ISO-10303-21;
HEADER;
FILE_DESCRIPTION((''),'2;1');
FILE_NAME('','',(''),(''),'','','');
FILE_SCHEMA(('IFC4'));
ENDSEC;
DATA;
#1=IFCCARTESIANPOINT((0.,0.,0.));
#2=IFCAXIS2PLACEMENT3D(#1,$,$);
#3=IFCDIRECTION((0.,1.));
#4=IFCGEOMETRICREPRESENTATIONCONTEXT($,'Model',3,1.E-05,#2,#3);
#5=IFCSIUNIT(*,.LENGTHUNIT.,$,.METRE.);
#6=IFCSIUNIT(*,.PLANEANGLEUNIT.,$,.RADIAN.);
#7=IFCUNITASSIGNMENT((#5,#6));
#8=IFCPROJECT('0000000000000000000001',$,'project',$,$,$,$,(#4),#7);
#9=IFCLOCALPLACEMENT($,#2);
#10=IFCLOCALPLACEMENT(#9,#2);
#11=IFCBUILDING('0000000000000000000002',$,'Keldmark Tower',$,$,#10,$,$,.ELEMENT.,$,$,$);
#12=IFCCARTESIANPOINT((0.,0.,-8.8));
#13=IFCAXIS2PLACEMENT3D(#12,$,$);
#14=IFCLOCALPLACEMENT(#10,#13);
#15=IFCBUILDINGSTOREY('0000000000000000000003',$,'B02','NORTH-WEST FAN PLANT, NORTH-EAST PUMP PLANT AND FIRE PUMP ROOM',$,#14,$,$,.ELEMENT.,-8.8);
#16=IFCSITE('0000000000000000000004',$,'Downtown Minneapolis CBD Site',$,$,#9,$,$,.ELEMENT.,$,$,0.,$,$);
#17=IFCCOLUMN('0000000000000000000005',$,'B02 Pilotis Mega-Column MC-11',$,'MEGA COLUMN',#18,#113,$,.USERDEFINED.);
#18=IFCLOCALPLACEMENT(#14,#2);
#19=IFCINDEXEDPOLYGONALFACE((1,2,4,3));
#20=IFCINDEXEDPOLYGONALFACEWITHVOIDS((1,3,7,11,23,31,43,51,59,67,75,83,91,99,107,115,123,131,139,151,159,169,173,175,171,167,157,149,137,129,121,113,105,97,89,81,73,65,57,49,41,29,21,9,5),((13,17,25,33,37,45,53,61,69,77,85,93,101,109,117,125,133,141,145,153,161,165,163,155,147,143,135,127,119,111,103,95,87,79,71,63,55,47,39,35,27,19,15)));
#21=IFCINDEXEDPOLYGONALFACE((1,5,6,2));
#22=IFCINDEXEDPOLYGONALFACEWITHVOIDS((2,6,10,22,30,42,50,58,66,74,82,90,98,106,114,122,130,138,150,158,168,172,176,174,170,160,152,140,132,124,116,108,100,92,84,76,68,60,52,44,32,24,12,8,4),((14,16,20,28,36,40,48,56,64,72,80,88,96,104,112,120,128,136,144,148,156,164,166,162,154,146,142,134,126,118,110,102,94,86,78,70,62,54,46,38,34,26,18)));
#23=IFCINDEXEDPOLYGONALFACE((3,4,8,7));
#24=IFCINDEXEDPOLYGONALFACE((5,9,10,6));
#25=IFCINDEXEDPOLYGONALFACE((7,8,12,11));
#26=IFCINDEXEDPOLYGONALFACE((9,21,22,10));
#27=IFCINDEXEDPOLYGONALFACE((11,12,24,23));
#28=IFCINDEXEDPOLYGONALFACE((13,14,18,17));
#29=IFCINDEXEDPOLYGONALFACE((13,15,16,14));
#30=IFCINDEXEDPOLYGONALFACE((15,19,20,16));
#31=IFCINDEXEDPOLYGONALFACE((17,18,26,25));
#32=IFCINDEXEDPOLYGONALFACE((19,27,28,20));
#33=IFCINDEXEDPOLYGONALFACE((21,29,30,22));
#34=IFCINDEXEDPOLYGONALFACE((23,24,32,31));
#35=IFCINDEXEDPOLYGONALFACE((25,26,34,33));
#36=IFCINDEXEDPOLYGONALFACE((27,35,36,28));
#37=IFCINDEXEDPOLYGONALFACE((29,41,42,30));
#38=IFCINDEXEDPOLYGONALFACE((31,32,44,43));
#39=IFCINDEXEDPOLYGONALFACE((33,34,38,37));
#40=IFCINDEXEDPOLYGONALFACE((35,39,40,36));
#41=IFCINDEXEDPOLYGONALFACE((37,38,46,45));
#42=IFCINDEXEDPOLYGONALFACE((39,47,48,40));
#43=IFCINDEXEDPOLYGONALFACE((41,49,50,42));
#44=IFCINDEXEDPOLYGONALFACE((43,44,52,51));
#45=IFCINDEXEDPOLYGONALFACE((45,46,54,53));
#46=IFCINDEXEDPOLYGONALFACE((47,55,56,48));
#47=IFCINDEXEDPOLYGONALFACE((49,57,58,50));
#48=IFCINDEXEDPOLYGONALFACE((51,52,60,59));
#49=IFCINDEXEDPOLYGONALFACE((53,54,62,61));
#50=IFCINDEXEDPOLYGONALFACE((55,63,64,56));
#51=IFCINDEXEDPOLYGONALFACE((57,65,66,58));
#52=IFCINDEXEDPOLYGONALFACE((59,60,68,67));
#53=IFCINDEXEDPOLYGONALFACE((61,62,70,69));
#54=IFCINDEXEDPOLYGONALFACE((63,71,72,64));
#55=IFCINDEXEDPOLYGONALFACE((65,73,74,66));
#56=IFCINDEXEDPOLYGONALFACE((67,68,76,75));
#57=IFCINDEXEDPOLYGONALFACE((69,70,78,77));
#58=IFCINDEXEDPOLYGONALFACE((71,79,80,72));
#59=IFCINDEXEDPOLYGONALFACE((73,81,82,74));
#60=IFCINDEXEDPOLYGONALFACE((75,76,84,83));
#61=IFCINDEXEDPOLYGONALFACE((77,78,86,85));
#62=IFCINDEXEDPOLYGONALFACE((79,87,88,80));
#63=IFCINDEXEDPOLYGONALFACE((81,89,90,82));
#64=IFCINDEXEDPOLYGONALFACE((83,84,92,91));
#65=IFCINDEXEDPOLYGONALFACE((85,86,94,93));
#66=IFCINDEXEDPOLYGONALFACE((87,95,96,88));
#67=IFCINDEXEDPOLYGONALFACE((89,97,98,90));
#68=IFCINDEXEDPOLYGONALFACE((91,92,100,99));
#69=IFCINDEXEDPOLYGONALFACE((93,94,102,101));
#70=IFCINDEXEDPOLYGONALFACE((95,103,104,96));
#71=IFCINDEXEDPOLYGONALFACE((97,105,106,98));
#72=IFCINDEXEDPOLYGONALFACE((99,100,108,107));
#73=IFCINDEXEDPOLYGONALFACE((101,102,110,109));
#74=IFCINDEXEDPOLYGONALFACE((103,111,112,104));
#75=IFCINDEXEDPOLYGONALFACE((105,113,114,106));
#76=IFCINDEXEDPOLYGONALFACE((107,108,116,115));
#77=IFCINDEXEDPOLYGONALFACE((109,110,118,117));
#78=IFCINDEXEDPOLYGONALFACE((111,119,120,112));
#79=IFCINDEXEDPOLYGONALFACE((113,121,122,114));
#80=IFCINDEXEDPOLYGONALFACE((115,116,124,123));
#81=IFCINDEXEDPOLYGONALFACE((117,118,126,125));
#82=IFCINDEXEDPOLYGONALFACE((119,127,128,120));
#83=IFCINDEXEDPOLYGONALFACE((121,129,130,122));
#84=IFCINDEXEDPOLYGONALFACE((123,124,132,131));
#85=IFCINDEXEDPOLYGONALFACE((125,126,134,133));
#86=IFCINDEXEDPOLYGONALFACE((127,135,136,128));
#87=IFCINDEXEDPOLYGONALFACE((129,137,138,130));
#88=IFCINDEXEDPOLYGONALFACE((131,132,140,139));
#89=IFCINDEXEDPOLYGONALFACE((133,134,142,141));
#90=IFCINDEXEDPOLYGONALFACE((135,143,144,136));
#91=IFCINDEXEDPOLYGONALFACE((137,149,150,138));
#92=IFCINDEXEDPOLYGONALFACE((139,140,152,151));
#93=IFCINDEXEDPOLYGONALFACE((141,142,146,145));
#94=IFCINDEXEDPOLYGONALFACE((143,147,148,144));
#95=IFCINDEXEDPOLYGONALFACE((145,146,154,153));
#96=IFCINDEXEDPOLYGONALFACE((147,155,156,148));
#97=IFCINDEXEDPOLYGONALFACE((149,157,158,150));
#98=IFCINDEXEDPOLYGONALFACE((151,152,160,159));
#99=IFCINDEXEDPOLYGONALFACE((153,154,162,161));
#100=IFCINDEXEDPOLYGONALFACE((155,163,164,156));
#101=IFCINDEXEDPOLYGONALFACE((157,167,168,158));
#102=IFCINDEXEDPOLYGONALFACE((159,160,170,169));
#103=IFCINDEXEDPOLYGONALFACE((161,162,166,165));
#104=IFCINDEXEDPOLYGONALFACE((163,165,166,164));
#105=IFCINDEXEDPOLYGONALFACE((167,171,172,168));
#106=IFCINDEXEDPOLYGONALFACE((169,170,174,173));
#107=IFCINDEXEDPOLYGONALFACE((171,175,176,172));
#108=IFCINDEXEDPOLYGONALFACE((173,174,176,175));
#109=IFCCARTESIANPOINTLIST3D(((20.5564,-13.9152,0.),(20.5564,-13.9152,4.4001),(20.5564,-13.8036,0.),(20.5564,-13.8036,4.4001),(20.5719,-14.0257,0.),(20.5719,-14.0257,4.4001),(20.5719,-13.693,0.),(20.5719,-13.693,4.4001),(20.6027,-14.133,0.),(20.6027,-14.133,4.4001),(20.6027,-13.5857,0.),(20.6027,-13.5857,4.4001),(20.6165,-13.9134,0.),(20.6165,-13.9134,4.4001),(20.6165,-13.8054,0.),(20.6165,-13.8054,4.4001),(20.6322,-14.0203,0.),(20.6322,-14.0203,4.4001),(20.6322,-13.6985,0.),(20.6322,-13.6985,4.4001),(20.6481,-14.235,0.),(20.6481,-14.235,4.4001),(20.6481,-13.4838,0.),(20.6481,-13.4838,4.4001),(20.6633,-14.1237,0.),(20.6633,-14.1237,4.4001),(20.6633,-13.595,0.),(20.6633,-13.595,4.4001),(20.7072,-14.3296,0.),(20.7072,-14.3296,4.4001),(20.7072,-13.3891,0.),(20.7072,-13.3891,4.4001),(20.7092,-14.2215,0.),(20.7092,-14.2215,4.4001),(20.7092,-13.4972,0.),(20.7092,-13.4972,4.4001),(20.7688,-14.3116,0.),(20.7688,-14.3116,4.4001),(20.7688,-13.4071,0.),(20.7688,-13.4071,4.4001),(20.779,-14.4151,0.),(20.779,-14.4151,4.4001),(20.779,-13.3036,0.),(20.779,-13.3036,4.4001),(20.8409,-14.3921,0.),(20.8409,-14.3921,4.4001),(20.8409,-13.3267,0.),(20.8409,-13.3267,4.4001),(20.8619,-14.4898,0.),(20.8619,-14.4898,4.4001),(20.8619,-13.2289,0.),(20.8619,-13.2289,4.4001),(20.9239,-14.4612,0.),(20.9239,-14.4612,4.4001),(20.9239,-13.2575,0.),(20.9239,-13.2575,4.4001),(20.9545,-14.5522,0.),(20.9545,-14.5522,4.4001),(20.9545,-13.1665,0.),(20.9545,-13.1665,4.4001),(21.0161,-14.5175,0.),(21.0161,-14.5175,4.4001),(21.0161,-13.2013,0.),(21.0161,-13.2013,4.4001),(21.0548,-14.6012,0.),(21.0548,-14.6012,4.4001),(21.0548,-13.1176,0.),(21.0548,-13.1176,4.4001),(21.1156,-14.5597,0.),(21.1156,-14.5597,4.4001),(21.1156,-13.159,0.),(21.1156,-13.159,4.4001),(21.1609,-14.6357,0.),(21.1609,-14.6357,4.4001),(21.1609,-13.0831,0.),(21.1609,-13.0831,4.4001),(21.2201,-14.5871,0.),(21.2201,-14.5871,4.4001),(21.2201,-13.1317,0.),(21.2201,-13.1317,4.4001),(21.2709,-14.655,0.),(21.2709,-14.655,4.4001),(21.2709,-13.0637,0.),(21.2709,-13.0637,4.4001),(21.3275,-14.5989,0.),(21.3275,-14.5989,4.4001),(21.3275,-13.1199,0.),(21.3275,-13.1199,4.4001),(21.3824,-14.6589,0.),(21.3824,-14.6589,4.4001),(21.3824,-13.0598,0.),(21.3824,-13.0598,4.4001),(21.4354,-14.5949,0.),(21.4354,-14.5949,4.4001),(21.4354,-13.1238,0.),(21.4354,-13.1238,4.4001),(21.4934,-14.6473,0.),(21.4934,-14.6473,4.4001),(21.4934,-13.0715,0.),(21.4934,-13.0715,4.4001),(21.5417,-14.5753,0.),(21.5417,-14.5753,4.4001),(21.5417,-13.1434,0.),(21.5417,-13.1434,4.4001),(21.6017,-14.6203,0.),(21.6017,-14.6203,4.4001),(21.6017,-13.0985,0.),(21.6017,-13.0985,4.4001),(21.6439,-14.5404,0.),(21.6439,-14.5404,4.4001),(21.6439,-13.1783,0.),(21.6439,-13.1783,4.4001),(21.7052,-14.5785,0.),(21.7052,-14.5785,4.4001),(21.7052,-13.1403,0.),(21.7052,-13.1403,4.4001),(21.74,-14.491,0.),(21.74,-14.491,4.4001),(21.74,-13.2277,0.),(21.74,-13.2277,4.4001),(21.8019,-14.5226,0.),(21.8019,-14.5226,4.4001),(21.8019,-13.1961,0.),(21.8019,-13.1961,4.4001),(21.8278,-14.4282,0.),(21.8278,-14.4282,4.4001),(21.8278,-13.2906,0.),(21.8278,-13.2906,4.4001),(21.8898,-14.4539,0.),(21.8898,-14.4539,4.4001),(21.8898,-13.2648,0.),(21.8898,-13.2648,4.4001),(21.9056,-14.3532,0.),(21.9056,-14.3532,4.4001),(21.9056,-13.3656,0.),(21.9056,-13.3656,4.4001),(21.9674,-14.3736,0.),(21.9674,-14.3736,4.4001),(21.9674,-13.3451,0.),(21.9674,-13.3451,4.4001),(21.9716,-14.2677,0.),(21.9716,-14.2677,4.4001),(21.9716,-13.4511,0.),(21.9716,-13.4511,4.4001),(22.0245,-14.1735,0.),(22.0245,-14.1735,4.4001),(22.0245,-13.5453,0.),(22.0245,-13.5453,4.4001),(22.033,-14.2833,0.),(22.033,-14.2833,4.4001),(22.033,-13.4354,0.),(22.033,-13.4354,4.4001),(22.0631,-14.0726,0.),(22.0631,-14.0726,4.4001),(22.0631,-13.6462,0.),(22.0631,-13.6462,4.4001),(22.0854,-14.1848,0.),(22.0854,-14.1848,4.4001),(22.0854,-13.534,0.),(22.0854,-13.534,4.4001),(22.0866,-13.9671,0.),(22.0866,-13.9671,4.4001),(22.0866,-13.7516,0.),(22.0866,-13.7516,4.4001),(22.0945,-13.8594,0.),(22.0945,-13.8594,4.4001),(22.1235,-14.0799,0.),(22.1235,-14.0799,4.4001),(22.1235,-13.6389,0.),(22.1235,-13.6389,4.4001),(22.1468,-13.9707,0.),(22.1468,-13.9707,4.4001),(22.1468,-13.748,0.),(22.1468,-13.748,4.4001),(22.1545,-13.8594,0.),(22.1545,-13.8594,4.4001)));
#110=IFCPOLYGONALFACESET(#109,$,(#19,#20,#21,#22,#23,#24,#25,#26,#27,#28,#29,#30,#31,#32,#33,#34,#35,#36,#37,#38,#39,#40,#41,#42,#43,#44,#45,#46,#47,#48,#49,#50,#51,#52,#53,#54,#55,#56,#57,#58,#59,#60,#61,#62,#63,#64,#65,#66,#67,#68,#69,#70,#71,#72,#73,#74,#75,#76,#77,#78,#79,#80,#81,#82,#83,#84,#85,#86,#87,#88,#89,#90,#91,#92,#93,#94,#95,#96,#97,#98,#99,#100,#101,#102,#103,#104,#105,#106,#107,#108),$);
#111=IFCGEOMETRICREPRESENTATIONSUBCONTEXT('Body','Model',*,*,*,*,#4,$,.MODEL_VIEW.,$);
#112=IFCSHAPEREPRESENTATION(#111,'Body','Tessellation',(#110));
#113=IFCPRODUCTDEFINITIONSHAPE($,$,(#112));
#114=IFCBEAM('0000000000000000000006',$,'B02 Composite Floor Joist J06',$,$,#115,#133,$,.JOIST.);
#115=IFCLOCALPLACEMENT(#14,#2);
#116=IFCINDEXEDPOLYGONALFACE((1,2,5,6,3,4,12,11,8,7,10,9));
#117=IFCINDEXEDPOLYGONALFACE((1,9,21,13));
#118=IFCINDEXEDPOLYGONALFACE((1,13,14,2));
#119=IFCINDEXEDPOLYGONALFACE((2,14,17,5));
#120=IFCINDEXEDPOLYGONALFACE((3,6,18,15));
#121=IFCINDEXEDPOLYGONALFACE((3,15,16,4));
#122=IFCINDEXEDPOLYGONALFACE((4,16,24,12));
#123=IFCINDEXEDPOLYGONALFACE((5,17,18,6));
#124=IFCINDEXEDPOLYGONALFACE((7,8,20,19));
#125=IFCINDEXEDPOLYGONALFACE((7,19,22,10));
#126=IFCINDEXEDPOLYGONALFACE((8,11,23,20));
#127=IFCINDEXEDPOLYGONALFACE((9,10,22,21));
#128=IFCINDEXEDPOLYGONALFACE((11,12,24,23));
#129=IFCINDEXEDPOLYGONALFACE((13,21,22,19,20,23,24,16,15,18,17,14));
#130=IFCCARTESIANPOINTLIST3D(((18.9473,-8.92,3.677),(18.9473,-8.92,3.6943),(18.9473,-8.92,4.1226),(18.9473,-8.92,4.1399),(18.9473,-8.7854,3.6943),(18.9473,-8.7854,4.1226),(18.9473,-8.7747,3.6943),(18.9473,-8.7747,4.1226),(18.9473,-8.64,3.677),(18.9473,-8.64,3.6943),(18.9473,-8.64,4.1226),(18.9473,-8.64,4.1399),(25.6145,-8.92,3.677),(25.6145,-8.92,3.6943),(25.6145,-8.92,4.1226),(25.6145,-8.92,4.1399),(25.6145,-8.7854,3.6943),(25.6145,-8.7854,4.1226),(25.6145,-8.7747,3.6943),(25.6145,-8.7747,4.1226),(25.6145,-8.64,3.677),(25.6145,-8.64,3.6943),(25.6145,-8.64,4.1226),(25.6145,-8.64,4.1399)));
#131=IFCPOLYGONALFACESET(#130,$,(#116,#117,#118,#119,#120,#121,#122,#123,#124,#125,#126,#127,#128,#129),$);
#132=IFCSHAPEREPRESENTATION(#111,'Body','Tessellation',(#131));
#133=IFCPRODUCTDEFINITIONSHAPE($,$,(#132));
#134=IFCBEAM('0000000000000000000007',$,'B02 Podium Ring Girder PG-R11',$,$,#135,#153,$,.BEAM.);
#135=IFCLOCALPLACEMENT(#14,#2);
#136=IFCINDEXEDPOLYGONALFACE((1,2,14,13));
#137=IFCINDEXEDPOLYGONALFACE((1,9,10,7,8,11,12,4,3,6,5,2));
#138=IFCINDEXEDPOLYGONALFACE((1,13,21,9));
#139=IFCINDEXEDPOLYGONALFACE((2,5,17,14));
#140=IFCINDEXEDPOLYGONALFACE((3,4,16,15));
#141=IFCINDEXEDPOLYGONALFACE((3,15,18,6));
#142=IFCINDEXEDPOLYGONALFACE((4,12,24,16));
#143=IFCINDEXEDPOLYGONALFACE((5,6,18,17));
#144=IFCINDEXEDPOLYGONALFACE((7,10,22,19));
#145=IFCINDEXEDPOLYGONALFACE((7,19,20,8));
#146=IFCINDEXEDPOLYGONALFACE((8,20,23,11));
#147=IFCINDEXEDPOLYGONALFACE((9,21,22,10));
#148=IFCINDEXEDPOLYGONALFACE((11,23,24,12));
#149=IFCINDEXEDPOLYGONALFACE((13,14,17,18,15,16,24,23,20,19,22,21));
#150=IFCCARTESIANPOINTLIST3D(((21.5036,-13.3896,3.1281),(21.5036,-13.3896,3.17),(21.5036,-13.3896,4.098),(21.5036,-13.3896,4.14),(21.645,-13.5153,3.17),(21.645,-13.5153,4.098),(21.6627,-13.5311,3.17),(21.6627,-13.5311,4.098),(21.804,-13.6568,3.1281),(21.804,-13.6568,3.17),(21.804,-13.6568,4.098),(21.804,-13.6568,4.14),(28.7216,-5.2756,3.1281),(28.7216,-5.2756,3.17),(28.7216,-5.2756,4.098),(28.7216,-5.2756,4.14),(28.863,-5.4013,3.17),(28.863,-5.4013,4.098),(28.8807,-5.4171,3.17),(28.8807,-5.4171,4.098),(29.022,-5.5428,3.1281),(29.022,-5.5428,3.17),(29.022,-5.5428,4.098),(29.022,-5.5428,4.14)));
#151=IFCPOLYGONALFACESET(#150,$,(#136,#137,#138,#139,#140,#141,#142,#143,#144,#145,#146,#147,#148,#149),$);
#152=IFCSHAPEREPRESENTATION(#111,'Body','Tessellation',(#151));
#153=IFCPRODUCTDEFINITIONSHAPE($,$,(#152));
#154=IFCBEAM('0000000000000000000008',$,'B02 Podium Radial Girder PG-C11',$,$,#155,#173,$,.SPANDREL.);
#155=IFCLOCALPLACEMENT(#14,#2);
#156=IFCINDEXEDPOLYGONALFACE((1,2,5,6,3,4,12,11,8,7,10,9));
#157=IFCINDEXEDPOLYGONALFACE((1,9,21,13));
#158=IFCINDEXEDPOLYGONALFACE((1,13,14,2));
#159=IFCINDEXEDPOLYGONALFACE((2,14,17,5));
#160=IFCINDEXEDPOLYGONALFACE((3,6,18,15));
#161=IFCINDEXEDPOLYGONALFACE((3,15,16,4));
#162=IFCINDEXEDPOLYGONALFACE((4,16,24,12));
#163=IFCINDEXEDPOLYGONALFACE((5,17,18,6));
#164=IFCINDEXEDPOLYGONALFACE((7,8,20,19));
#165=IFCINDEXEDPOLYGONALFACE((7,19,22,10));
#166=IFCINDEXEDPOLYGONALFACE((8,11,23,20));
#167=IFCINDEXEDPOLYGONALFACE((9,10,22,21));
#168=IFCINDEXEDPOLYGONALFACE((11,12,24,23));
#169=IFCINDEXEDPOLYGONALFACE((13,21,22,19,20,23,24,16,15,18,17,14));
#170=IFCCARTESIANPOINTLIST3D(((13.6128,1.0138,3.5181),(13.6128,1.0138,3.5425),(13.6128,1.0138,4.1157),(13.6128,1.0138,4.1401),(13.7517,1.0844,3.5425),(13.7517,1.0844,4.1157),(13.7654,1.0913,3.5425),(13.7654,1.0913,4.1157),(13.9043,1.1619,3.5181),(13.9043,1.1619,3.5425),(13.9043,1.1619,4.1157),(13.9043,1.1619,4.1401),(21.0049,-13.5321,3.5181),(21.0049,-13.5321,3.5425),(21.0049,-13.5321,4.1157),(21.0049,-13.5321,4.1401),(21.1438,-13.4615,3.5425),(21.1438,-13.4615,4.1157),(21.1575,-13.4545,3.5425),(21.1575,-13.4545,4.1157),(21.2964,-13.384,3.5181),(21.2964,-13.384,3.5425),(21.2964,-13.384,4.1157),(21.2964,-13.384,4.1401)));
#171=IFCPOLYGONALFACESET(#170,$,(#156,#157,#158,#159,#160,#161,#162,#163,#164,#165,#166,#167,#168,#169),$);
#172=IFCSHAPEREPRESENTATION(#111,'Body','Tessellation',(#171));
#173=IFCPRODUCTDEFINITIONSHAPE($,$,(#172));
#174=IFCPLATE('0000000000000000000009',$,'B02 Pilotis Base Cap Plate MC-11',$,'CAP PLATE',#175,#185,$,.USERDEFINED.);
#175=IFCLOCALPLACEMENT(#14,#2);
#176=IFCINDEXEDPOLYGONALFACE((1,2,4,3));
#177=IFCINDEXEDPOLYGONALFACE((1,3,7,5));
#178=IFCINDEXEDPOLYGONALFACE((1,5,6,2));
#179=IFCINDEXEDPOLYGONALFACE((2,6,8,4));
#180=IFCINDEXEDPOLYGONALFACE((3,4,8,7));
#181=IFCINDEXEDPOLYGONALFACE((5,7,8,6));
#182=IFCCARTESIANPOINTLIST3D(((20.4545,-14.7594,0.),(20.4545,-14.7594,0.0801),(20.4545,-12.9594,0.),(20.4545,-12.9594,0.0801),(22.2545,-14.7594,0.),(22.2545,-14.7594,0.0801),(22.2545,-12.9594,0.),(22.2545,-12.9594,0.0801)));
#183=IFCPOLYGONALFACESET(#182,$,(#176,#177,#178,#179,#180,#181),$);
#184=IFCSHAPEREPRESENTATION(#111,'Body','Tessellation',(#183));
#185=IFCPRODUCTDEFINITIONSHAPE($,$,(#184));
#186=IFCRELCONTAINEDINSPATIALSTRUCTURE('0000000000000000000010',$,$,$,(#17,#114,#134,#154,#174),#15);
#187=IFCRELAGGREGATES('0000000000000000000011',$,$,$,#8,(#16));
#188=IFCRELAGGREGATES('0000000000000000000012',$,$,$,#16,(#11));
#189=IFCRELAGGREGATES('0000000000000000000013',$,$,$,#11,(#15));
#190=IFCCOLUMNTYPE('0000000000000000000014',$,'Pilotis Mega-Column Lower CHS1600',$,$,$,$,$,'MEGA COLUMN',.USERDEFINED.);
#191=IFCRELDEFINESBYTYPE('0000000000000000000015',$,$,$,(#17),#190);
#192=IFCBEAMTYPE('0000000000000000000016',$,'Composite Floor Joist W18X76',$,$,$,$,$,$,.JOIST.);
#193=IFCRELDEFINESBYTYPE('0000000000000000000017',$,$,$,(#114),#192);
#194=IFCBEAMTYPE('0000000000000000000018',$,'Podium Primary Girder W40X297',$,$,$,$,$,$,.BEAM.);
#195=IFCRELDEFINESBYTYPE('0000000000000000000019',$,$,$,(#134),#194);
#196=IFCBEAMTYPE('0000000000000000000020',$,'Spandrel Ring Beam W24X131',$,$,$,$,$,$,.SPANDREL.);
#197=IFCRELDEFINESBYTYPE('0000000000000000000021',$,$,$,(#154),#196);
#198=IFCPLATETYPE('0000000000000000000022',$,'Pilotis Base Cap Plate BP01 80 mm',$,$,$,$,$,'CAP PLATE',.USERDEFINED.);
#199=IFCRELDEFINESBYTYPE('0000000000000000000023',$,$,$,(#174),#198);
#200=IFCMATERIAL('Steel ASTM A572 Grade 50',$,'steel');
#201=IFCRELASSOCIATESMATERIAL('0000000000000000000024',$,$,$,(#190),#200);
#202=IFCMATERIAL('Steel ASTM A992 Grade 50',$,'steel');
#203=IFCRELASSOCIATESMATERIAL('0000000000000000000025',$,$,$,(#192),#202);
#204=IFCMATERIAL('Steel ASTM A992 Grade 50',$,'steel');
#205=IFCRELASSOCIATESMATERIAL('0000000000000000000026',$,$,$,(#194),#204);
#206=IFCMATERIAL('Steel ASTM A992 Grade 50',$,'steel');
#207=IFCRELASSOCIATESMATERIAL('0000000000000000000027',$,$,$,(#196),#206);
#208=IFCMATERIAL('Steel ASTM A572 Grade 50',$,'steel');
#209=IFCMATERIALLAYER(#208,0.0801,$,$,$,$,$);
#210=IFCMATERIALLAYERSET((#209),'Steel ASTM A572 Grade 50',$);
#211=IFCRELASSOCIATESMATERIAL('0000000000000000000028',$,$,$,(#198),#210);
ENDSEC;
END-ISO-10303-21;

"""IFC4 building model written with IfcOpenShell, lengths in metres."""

from ifc_helpers import new_model, si_unit, direction, frame, origin, origin_2d, place, context, subcontext, project, spatial, rectangle, hollow_circle, i_section, extrude, material, layer, layer_set, material_profile, profile_set, type_object, element, save


model = new_model("IFC4")

# Units and contexts
model_context = context("Model", 3, precision=1e-05, world=origin(), true_north=direction((0.0, 1.0)))
body_context = subcontext(model_context, "Body", "Model", "MODEL_VIEW")
ifc_project = project(units=[si_unit("LENGTHUNIT", "METRE"), si_unit("PLANEANGLEUNIT", "RADIAN")], contexts=[model_context])

# Site, building, storey
site_placement = place(None, origin())
site = spatial("IfcSite", under=ifc_project, at=site_placement, Name="Downtown Minneapolis CBD Site", CompositionType="ELEMENT", RefElevation=0.0)
building_placement = place(site_placement, origin())
building = spatial("IfcBuilding", under=site, at=building_placement, Name="Keldmark Tower", CompositionType="ELEMENT")
storey_placement = place(building_placement, frame((0.0, 0.0, -8.8)))
storey = spatial("IfcBuildingStorey", under=building, at=storey_placement, Name="B02", Description="NORTH-WEST FAN PLANT, NORTH-EAST PUMP PLANT AND FIRE PUMP ROOM", CompositionType="ELEMENT", Elevation=-8.8)

# Column
ifc_material_1 = material(Name="Steel ASTM A572 Grade 50", Category="steel")
ifc_material_profile_1 = material_profile(ifc_material_1, hollow_circle(Radius=0.8, WallThickness=0.0601, at=origin_2d()), Name="CHS1600X60")
ifc_profile_set_1 = profile_set([ifc_material_profile_1], Name="Steel ASTM A572 Grade 50")
column_type = type_object("IfcColumnType", Name="Pilotis Mega-Column Lower CHS1600", ElementType="MEGA COLUMN", PredefinedType="USERDEFINED", material=ifc_profile_set_1)
column_placement = place(storey_placement, frame((21.3545, -13.8594, 0.0), z_axis=(0.0, 0.0, 1.0), x_axis=(1.0, 0.0, 0.0)))
element("IfcColumn", 1, at=column_placement, inside=storey, type_object=column_type, Name="B02 Pilotis Mega-Column MC-11", ObjectType="MEGA COLUMN", PredefinedType="USERDEFINED", context=body_context, shape_type="SweptSolid", body=[
    extrude(hollow_circle(Radius=0.8, WallThickness=0.0601, at=origin_2d()), origin(), (0.0, 0.0, 1.0), 4.4001),
])

# Beams
ifc_material_2 = material(Name="Steel ASTM A992 Grade 50", Category="steel")
ifc_material_profile_2 = material_profile(ifc_material_2, i_section(OverallWidth=0.28, OverallDepth=0.4629, WebThickness=0.0107, FlangeThickness=0.0173, at=origin_2d()), Name="W18X76")
ifc_profile_set_2 = profile_set([ifc_material_profile_2], Name="Steel ASTM A992 Grade 50")
beam_type_1 = type_object("IfcBeamType", Name="Composite Floor Joist W18X76", PredefinedType="JOIST", material=ifc_profile_set_2)
beam_1_placement = place(storey_placement, frame((18.9473, -8.78, 3.9084), z_axis=(1.0, 0.0, 0.0), x_axis=(0.0, 1.0, 0.0)))
element("IfcBeam", 2, at=beam_1_placement, inside=storey, type_object=beam_type_1, Name="B02 Composite Floor Joist J06", PredefinedType="JOIST", context=body_context, shape_type="SweptSolid", body=[
    extrude(i_section(OverallWidth=0.28, OverallDepth=0.4629, WebThickness=0.0107, FlangeThickness=0.0173, at=origin_2d()), origin(), (0.0, 0.0, 1.0), 6.6672),
])
ifc_material_3 = material(Name="Steel ASTM A992 Grade 50", Category="steel")
ifc_material_profile_3 = material_profile(ifc_material_3, i_section(OverallWidth=0.4021, OverallDepth=1.012, WebThickness=0.0237, FlangeThickness=0.042, at=origin_2d()), Name="W40X297")
ifc_profile_set_3 = profile_set([ifc_material_profile_3], Name="Steel ASTM A992 Grade 50")
beam_type_2 = type_object("IfcBeamType", Name="Podium Primary Girder W40X297", PredefinedType="BEAM", material=ifc_profile_set_3)
beam_2_placement = place(storey_placement, frame((21.6538, -13.5232, 3.634), z_axis=(0.66465, 0.747155, 0.0), x_axis=(-0.747155, 0.66465, 0.0)))
element("IfcBeam", 3, at=beam_2_placement, inside=storey, type_object=beam_type_2, Name="B02 Podium Ring Girder PG-R11", PredefinedType="BEAM", context=body_context, shape_type="SweptSolid", body=[
    extrude(i_section(OverallWidth=0.4021, OverallDepth=1.012, WebThickness=0.0237, FlangeThickness=0.042, at=origin_2d()), origin(), (0.0, 0.0, 1.0), 10.8599),
])
ifc_material_4 = material(Name="Steel ASTM A992 Grade 50", Category="steel")
ifc_material_profile_4 = material_profile(ifc_material_4, i_section(OverallWidth=0.3269, OverallDepth=0.6221, WebThickness=0.0154, FlangeThickness=0.0244, at=origin_2d()), Name="W24X131")
ifc_profile_set_4 = profile_set([ifc_material_profile_4], Name="Steel ASTM A992 Grade 50")
beam_type_3 = type_object("IfcBeamType", Name="Spandrel Ring Beam W24X131", PredefinedType="SPANDREL", material=ifc_profile_set_4)
beam_3_placement = place(storey_placement, frame((21.1506, -13.458, 3.8291), z_axis=(-0.453046, 0.891487, 0.0), x_axis=(-0.891487, -0.453046, 0.0)))
element("IfcBeam", 4, at=beam_3_placement, inside=storey, type_object=beam_type_3, Name="B02 Podium Radial Girder PG-C11", PredefinedType="SPANDREL", context=body_context, shape_type="SweptSolid", body=[
    extrude(i_section(OverallWidth=0.3269, OverallDepth=0.6221, WebThickness=0.0154, FlangeThickness=0.0244, at=origin_2d()), origin(), (0.0, 0.0, 1.0), 16.3164),
])

# Plate
ifc_material_5 = material(Name="Steel ASTM A572 Grade 50", Category="steel")
ifc_layer_1 = layer(ifc_material_5, 0.0801)
ifc_layer_set_1 = layer_set([ifc_layer_1], Name="Steel ASTM A572 Grade 50")
plate_type = type_object("IfcPlateType", Name="Pilotis Base Cap Plate BP01 80 mm", ElementType="CAP PLATE", PredefinedType="USERDEFINED", material=ifc_layer_set_1)
plate_placement = place(storey_placement, frame((21.3545, -13.8594, 0.0), z_axis=(0.0, 0.0, 1.0), x_axis=(1.0, 0.0, 0.0)))
element("IfcPlate", 5, at=plate_placement, inside=storey, type_object=plate_type, Name="B02 Pilotis Base Cap Plate MC-11", ObjectType="CAP PLATE", PredefinedType="USERDEFINED", context=body_context, shape_type="SweptSolid", body=[
    extrude(rectangle(XDim=1.8, YDim=1.8, at=origin_2d()), origin(), (0.0, 0.0, 1.0), 0.0801),
])

save(model, "model.ifc")
